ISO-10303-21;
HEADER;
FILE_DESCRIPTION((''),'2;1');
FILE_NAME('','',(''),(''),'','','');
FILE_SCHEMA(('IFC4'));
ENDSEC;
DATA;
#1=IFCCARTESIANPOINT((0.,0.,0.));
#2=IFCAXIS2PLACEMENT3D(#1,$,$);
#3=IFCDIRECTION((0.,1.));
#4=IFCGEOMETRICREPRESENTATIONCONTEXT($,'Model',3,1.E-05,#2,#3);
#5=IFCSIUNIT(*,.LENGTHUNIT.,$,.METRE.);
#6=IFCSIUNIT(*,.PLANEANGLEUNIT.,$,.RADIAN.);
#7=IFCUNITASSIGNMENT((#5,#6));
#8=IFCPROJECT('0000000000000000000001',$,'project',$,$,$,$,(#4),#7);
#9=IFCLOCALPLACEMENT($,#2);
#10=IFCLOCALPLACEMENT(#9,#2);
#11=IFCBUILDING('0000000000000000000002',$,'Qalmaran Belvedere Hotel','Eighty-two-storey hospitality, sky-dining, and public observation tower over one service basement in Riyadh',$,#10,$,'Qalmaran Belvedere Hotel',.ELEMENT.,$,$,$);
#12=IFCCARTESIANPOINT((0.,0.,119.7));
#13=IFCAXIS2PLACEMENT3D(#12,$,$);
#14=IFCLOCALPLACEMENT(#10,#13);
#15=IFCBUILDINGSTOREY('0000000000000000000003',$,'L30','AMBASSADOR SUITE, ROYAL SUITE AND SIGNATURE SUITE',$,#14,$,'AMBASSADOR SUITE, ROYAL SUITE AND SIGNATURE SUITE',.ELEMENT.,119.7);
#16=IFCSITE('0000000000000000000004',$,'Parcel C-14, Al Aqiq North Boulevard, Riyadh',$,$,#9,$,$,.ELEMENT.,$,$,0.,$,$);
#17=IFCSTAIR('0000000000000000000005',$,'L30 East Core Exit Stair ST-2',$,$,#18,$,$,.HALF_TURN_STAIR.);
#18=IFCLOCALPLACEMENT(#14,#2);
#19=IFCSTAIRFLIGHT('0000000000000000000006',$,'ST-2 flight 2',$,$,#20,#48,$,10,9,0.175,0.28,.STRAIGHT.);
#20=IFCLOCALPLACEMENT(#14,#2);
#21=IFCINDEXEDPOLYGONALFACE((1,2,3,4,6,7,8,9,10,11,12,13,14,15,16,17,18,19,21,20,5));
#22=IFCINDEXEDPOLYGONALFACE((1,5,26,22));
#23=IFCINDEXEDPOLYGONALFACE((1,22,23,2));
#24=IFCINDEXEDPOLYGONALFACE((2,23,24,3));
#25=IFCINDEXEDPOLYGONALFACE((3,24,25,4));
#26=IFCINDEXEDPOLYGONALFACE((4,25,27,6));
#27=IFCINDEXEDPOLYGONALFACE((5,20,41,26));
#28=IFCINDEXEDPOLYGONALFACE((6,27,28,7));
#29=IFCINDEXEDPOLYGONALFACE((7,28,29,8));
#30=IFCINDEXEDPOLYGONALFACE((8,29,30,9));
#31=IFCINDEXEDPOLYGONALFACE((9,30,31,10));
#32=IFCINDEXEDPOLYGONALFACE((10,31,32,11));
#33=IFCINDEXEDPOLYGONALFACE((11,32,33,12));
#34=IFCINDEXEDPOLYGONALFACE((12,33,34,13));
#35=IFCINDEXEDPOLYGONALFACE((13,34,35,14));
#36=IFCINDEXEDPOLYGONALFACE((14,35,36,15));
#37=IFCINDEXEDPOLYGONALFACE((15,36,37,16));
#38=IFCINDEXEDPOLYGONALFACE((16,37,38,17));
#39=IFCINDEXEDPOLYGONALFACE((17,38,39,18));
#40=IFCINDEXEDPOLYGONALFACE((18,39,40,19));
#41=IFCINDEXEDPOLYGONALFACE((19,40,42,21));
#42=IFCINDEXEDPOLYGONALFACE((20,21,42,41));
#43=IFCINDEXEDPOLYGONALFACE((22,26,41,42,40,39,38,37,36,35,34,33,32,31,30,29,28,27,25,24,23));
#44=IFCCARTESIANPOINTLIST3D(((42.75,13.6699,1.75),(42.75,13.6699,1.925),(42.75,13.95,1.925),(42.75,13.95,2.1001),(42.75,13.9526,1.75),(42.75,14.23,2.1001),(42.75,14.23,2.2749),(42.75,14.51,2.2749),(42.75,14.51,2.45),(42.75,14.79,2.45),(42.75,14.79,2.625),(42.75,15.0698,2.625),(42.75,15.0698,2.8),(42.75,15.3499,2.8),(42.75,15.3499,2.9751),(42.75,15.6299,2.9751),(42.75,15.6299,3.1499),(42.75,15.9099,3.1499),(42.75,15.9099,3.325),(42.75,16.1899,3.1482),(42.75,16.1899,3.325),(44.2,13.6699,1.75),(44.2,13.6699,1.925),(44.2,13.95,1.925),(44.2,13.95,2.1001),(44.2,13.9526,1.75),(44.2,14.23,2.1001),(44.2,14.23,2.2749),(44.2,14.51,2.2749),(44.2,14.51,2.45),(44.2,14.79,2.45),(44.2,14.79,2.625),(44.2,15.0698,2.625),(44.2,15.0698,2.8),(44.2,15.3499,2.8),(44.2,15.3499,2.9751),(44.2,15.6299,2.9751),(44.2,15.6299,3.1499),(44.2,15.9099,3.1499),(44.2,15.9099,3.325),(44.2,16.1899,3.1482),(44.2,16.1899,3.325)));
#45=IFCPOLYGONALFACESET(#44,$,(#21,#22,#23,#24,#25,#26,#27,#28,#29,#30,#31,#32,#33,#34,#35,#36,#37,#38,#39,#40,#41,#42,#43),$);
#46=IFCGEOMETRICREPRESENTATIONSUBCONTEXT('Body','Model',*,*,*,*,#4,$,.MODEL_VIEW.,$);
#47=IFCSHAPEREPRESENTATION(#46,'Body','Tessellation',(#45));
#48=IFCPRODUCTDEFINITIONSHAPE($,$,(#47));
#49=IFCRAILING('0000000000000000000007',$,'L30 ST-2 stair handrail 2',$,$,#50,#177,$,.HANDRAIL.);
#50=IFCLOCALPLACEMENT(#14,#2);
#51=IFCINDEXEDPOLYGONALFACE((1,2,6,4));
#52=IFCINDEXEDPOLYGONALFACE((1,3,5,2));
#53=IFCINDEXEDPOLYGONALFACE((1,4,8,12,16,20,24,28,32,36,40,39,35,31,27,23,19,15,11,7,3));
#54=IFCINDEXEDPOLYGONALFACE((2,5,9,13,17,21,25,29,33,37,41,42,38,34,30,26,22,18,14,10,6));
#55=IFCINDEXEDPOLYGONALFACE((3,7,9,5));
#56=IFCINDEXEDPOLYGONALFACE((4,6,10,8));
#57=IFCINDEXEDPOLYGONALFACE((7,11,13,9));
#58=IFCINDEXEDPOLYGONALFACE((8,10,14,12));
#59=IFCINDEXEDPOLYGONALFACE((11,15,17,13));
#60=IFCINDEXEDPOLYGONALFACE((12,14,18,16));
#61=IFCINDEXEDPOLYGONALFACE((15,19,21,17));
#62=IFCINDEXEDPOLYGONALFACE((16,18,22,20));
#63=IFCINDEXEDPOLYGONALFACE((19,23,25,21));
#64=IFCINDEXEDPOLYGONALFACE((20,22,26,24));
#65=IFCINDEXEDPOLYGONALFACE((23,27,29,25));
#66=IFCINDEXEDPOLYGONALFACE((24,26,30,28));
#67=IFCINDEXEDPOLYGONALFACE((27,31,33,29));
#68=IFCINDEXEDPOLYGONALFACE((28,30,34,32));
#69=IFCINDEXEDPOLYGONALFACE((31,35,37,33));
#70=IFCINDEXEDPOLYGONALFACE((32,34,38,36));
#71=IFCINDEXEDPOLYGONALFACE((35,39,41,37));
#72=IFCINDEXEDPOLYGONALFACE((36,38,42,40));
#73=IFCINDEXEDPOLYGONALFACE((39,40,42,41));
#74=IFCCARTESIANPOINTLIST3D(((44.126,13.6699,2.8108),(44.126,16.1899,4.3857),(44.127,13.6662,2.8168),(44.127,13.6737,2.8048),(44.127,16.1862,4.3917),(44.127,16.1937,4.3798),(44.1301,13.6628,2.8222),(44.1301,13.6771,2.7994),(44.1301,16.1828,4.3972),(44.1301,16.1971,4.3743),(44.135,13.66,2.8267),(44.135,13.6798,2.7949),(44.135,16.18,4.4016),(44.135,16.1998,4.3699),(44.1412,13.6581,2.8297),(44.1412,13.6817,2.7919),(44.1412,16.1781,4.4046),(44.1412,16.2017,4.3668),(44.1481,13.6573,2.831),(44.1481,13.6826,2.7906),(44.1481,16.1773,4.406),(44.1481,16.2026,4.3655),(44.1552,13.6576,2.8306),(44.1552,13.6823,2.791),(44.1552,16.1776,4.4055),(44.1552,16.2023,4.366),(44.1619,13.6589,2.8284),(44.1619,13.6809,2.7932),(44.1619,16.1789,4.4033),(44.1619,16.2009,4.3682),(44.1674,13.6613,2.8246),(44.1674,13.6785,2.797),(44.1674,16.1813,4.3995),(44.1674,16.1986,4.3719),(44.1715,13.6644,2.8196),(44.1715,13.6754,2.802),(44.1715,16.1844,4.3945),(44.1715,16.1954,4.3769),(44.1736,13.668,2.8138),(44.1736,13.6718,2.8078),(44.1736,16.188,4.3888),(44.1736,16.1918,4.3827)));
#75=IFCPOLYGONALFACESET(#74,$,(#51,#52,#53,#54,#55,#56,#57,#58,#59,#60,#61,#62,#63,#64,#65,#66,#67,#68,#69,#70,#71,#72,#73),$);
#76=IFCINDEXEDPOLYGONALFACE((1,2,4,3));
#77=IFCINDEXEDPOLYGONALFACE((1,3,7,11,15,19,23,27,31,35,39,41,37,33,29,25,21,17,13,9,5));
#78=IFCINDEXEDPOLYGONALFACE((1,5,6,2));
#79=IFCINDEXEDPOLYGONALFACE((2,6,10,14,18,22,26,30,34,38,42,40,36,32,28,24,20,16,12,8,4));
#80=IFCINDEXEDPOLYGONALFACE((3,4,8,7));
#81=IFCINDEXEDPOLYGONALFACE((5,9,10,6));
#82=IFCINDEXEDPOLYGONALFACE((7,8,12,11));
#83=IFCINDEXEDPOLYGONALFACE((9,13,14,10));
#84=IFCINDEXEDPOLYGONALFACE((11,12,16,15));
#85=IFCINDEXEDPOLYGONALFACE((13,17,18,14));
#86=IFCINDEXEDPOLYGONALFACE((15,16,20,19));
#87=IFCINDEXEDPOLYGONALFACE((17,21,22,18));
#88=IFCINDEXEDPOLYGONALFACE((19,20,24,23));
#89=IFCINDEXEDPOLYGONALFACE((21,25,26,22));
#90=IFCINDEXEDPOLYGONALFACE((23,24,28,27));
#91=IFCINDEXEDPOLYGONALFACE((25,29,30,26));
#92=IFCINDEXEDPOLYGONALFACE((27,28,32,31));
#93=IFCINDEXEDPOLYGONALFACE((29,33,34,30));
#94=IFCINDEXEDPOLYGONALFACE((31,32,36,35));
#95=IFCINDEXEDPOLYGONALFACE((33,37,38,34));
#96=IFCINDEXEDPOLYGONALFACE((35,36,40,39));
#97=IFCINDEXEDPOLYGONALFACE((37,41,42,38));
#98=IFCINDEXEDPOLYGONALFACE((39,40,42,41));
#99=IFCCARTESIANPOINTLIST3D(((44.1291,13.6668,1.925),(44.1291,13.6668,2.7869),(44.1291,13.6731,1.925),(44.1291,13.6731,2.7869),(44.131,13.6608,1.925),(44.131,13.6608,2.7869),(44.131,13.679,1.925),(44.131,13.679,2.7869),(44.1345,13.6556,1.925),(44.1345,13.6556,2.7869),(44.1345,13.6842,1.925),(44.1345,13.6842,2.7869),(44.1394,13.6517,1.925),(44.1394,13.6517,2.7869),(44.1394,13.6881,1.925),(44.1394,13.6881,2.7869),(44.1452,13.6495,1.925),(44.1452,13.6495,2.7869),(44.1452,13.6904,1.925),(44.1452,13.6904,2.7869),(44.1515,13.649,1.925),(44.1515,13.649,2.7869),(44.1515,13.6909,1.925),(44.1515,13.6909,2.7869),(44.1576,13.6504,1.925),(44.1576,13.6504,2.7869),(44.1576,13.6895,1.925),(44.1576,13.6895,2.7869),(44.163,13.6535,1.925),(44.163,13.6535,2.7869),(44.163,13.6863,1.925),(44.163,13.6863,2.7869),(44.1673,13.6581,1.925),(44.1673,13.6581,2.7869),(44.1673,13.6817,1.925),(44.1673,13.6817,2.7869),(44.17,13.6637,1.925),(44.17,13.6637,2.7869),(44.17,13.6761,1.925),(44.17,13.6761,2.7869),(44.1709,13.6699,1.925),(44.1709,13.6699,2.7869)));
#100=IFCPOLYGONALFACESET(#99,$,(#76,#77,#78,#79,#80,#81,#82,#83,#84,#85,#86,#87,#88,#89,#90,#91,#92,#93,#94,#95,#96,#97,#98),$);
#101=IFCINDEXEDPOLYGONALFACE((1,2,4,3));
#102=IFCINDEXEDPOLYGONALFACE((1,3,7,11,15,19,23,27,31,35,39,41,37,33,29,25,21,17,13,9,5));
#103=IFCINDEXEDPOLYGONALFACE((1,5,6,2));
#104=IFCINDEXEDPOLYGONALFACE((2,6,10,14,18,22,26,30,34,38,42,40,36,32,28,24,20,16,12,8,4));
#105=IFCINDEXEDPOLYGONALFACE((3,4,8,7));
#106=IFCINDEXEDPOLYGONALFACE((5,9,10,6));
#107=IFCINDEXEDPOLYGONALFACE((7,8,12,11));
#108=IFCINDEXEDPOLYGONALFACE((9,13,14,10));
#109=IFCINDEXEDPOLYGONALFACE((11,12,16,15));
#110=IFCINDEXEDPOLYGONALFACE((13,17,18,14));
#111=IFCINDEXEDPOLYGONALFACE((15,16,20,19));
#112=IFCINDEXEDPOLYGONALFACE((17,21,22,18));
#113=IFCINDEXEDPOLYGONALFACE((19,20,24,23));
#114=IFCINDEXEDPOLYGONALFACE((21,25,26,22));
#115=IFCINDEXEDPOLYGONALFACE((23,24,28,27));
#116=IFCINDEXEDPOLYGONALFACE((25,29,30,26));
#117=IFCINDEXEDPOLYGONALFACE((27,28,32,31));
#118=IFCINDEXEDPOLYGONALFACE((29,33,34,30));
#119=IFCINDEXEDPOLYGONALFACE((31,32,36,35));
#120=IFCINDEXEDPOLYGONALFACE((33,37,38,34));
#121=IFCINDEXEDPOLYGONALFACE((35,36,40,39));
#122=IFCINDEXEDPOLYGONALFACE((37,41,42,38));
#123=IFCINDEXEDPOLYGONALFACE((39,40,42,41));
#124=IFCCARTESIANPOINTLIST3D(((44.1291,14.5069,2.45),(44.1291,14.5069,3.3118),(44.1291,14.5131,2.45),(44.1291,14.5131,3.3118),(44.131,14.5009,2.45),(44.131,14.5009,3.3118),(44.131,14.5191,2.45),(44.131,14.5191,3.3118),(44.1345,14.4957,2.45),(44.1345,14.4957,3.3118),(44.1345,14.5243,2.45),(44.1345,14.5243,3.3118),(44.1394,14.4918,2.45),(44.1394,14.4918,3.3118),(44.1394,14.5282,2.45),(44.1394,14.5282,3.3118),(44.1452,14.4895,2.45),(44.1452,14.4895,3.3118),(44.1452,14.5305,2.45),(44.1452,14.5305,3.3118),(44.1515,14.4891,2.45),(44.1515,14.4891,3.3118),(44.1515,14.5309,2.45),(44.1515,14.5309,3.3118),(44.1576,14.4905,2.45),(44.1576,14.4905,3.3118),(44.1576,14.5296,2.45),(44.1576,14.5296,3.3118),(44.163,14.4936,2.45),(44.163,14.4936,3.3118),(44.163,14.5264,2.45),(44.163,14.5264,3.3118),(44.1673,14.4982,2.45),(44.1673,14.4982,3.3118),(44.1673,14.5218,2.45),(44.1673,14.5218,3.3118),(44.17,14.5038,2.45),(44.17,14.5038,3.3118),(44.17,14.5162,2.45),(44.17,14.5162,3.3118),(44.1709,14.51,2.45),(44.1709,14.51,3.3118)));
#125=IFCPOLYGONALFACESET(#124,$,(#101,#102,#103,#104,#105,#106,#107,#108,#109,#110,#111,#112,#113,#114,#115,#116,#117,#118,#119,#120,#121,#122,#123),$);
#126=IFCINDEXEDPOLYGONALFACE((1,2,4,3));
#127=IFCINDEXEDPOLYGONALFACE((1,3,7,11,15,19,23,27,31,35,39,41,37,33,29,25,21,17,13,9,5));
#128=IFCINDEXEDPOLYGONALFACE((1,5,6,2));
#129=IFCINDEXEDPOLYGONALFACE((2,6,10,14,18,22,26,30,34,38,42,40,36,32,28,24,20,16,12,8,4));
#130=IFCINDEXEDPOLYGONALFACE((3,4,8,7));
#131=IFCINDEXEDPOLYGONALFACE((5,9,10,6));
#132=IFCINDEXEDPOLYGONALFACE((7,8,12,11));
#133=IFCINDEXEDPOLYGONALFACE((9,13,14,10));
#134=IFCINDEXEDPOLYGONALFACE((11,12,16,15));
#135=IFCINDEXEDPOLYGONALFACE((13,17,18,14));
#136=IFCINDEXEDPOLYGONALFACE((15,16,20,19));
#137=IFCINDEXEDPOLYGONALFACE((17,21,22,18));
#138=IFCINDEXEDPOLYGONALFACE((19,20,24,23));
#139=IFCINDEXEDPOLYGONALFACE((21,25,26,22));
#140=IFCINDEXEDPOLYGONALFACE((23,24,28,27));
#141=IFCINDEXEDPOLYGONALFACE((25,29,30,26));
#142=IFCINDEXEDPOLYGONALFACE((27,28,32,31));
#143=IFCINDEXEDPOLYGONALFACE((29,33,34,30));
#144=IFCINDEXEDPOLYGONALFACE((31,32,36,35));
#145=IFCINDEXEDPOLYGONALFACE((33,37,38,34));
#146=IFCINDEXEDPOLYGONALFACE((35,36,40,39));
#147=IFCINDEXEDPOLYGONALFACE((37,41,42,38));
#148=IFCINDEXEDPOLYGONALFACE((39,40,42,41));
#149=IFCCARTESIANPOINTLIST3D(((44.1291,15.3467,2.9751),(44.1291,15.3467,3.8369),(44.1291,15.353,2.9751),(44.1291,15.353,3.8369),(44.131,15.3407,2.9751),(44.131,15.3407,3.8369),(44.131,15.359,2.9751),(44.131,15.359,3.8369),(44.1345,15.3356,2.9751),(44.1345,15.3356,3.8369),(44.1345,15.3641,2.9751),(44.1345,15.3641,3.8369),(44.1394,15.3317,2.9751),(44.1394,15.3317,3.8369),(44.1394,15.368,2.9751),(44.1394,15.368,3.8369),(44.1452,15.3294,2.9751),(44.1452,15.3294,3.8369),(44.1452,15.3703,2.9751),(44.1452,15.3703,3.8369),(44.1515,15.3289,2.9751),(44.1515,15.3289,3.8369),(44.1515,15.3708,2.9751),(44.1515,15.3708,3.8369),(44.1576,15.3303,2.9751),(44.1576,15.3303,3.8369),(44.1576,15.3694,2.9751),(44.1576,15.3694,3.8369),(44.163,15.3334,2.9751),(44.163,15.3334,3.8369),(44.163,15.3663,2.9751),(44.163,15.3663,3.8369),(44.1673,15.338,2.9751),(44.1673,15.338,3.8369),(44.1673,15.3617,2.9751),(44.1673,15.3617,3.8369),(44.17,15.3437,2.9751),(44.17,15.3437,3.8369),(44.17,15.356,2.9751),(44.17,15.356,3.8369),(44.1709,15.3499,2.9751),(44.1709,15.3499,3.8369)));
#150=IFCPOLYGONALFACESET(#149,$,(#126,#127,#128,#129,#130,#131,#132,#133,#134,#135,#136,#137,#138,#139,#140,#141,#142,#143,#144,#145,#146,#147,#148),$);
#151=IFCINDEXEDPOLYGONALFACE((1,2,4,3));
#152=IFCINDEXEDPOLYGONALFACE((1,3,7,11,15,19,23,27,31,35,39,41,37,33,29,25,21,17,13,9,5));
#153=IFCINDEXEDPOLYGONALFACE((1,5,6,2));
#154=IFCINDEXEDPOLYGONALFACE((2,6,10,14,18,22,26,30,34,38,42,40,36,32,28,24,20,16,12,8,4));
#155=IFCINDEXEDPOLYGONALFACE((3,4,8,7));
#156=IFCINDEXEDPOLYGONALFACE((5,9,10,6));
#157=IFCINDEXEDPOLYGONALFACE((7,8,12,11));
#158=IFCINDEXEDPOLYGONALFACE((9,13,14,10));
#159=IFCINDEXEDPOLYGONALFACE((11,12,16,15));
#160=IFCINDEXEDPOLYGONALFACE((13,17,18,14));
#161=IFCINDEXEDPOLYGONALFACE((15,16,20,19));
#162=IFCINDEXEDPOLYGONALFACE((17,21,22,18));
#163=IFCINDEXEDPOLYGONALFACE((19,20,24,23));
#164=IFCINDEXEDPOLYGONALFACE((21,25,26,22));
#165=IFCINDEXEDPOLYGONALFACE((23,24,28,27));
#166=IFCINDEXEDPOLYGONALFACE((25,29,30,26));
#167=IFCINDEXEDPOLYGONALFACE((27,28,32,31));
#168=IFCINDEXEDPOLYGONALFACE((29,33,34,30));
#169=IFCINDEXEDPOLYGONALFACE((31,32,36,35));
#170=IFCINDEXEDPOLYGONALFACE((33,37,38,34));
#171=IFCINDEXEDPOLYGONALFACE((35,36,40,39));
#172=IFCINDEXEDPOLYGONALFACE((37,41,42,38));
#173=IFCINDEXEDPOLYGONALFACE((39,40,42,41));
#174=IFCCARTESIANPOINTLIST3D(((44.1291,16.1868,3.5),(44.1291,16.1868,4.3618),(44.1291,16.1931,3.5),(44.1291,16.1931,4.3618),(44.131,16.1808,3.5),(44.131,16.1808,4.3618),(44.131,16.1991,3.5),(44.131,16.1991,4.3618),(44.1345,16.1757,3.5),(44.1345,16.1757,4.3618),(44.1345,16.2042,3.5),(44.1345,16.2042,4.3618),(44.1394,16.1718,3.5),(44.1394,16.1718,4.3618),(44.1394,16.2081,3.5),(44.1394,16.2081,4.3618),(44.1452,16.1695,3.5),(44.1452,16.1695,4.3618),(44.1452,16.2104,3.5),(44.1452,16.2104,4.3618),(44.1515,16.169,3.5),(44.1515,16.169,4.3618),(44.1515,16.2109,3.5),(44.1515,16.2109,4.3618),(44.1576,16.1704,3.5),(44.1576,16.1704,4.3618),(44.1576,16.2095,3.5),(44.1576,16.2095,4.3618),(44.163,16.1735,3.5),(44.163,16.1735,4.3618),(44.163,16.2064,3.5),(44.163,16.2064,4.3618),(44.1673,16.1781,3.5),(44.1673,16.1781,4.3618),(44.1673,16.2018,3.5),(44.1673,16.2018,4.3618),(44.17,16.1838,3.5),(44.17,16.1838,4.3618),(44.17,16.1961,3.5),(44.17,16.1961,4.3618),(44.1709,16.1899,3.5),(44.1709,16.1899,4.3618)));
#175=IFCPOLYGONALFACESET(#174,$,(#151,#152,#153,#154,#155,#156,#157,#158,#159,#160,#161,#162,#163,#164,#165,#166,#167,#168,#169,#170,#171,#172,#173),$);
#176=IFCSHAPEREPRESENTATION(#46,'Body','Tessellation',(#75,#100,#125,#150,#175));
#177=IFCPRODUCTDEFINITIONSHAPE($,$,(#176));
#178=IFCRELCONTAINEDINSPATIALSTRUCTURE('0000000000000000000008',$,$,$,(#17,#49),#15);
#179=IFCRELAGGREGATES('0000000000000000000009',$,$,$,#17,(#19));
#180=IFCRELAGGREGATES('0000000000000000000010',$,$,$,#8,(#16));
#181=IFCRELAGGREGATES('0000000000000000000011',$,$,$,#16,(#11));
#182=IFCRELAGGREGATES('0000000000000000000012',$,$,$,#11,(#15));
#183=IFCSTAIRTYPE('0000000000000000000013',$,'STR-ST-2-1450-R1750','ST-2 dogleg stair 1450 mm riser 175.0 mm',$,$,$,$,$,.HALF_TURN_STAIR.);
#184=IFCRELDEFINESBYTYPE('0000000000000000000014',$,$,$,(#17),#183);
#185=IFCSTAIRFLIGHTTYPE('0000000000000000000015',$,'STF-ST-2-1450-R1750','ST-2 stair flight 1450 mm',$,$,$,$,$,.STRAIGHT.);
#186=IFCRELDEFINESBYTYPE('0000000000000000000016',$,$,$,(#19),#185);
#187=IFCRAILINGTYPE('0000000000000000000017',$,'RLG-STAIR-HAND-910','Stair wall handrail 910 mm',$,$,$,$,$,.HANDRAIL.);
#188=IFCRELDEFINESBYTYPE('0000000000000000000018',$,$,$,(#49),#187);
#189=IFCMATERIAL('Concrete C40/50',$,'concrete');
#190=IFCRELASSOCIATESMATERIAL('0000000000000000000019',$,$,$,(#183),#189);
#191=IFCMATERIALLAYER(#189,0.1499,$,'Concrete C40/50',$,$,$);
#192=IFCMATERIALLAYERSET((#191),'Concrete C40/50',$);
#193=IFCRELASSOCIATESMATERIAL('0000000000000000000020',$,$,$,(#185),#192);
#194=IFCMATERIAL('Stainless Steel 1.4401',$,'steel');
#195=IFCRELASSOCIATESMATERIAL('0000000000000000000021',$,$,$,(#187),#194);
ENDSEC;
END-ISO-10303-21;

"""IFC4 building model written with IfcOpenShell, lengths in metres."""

from ifc_helpers import new_model, si_unit, direction, frame, origin, origin_2d, place, context, subcontext, project, spatial, polyline, circle, outline, extrude, material, layer, layer_set, type_object, element, aggregate, save


model = new_model("IFC4")

# Units and contexts
model_context = context("Model", 3, precision=1e-05, world=origin(), true_north=direction((0.0, 1.0)))
body_context = subcontext(model_context, "Body", "Model", "MODEL_VIEW")
ifc_project = project(units=[si_unit("LENGTHUNIT", "METRE"), si_unit("PLANEANGLEUNIT", "RADIAN")], contexts=[model_context])

# Site, building, storey
site_placement = place(None, origin())
site = spatial("IfcSite", under=ifc_project, at=site_placement, Name="Parcel C-14, Al Aqiq North Boulevard, Riyadh", CompositionType="ELEMENT", RefElevation=0.0)
building_placement = place(site_placement, origin())
building = spatial("IfcBuilding", under=site, at=building_placement, Name="Qalmaran Belvedere Hotel", Description="Eighty-two-storey hospitality, sky-dining, and public observation tower over one service basement in Riyadh", LongName="Qalmaran Belvedere Hotel", CompositionType="ELEMENT")
storey_placement = place(building_placement, frame((0.0, 0.0, 119.7)))
storey = spatial("IfcBuildingStorey", under=building, at=storey_placement, Name="L30", Description="AMBASSADOR SUITE, ROYAL SUITE AND SIGNATURE SUITE", LongName="AMBASSADOR SUITE, ROYAL SUITE AND SIGNATURE SUITE", CompositionType="ELEMENT", Elevation=119.7)

# Stair, stair flight
ifc_material_1 = material(Name="Concrete C40/50", Category="concrete")
stair_type = type_object("IfcStairType", Name="STR-ST-2-1450-R1750", Description="ST-2 dogleg stair 1450 mm riser 175.0 mm", PredefinedType="HALF_TURN_STAIR", material=ifc_material_1)
stair_placement = place(storey_placement, origin())
stair = element("IfcStair", 1, at=stair_placement, inside=storey, type_object=stair_type, Name="L30 East Core Exit Stair ST-2", PredefinedType="HALF_TURN_STAIR")
ifc_layer_1 = layer(ifc_material_1, 0.1499, Name="Concrete C40/50")
ifc_layer_set_1 = layer_set([ifc_layer_1], Name="Concrete C40/50")
stair_flight_type = type_object("IfcStairFlightType", Name="STF-ST-2-1450-R1750", Description="ST-2 stair flight 1450 mm", PredefinedType="STRAIGHT", material=ifc_layer_set_1)
stair_flight_placement = place(storey_placement, frame((43.4751, 13.6699, 1.75), z_axis=(0.0, 0.0, 1.0), x_axis=(0.0, 1.0, 0.0)))
stair_flight = element("IfcStairFlight", 2, at=stair_flight_placement, type_object=stair_flight_type, Name="ST-2 flight 2", NumberOfRisers=10, NumberOfTreads=9, PredefinedType="STRAIGHT", RiserHeight=0.175, TreadLength=0.28, context=body_context, shape_type="SweptSolid", body=[
    extrude(outline(polyline([(0.0, 0.0), (0.0, 0.175), (0.28, 0.175), (0.28, 0.3501), (0.5601, 0.3501), (0.5601, 0.5249), (0.8401, 0.5249), (0.8401, 0.7), (1.1201, 0.7), (1.1201, 0.875), (1.3999, 0.875), (1.3999, 1.05), (1.6799, 1.05), (1.6799, 1.2251), (1.96, 1.2251), (1.96, 1.3999), (2.24, 1.3999), (2.24, 1.575), (2.52, 1.575), (2.52, 1.75), (2.52, 1.3982), (0.2827, 0.0), (0.0, 0.0)])), frame((0.0, 0.7251, 0.0), z_axis=(0.0, -1.0, 0.0), x_axis=(1.0, 0.0, 0.0)), (0.0, 0.0, 1.0), 1.45),
])
aggregate(stair, [stair_flight])

# Railing
ifc_material_2 = material(Name="Stainless Steel 1.4401", Category="steel")
railing_type = type_object("IfcRailingType", Name="RLG-STAIR-HAND-910", Description="Stair wall handrail 910 mm", PredefinedType="HANDRAIL", material=ifc_material_2)
railing_placement = place(storey_placement, frame((44.1499, 13.6699, 1.925)))
element("IfcRailing", 3, at=railing_placement, inside=storey, type_object=railing_type, Name="L30 ST-2 stair handrail 2", PredefinedType="HANDRAIL", context=body_context, shape_type="SweptSolid", body=[
    extrude(circle(Radius=0.0239, at=origin_2d()), frame((0.0, 0.0, 0.8857), z_axis=(0.0, 0.848008, 0.529984), x_axis=(-1.0, 0.0, 0.0)), (0.0, 0.0, 1.0), 2.9717),
    extrude(circle(Radius=0.021, at=origin_2d()), origin(), (0.0, 0.0, 1.0), 0.8618),
    extrude(circle(Radius=0.021, at=origin_2d()), frame((0.0, 0.8401, 0.5249)), (0.0, 0.0, 1.0), 0.8618),
    extrude(circle(Radius=0.021, at=origin_2d()), frame((0.0, 1.6799, 1.05)), (0.0, 0.0, 1.0), 0.8618),
    extrude(circle(Radius=0.021, at=origin_2d()), frame((0.0, 2.52, 1.575)), (0.0, 0.0, 1.0), 0.8618),
])

save(model, "model.ifc")
